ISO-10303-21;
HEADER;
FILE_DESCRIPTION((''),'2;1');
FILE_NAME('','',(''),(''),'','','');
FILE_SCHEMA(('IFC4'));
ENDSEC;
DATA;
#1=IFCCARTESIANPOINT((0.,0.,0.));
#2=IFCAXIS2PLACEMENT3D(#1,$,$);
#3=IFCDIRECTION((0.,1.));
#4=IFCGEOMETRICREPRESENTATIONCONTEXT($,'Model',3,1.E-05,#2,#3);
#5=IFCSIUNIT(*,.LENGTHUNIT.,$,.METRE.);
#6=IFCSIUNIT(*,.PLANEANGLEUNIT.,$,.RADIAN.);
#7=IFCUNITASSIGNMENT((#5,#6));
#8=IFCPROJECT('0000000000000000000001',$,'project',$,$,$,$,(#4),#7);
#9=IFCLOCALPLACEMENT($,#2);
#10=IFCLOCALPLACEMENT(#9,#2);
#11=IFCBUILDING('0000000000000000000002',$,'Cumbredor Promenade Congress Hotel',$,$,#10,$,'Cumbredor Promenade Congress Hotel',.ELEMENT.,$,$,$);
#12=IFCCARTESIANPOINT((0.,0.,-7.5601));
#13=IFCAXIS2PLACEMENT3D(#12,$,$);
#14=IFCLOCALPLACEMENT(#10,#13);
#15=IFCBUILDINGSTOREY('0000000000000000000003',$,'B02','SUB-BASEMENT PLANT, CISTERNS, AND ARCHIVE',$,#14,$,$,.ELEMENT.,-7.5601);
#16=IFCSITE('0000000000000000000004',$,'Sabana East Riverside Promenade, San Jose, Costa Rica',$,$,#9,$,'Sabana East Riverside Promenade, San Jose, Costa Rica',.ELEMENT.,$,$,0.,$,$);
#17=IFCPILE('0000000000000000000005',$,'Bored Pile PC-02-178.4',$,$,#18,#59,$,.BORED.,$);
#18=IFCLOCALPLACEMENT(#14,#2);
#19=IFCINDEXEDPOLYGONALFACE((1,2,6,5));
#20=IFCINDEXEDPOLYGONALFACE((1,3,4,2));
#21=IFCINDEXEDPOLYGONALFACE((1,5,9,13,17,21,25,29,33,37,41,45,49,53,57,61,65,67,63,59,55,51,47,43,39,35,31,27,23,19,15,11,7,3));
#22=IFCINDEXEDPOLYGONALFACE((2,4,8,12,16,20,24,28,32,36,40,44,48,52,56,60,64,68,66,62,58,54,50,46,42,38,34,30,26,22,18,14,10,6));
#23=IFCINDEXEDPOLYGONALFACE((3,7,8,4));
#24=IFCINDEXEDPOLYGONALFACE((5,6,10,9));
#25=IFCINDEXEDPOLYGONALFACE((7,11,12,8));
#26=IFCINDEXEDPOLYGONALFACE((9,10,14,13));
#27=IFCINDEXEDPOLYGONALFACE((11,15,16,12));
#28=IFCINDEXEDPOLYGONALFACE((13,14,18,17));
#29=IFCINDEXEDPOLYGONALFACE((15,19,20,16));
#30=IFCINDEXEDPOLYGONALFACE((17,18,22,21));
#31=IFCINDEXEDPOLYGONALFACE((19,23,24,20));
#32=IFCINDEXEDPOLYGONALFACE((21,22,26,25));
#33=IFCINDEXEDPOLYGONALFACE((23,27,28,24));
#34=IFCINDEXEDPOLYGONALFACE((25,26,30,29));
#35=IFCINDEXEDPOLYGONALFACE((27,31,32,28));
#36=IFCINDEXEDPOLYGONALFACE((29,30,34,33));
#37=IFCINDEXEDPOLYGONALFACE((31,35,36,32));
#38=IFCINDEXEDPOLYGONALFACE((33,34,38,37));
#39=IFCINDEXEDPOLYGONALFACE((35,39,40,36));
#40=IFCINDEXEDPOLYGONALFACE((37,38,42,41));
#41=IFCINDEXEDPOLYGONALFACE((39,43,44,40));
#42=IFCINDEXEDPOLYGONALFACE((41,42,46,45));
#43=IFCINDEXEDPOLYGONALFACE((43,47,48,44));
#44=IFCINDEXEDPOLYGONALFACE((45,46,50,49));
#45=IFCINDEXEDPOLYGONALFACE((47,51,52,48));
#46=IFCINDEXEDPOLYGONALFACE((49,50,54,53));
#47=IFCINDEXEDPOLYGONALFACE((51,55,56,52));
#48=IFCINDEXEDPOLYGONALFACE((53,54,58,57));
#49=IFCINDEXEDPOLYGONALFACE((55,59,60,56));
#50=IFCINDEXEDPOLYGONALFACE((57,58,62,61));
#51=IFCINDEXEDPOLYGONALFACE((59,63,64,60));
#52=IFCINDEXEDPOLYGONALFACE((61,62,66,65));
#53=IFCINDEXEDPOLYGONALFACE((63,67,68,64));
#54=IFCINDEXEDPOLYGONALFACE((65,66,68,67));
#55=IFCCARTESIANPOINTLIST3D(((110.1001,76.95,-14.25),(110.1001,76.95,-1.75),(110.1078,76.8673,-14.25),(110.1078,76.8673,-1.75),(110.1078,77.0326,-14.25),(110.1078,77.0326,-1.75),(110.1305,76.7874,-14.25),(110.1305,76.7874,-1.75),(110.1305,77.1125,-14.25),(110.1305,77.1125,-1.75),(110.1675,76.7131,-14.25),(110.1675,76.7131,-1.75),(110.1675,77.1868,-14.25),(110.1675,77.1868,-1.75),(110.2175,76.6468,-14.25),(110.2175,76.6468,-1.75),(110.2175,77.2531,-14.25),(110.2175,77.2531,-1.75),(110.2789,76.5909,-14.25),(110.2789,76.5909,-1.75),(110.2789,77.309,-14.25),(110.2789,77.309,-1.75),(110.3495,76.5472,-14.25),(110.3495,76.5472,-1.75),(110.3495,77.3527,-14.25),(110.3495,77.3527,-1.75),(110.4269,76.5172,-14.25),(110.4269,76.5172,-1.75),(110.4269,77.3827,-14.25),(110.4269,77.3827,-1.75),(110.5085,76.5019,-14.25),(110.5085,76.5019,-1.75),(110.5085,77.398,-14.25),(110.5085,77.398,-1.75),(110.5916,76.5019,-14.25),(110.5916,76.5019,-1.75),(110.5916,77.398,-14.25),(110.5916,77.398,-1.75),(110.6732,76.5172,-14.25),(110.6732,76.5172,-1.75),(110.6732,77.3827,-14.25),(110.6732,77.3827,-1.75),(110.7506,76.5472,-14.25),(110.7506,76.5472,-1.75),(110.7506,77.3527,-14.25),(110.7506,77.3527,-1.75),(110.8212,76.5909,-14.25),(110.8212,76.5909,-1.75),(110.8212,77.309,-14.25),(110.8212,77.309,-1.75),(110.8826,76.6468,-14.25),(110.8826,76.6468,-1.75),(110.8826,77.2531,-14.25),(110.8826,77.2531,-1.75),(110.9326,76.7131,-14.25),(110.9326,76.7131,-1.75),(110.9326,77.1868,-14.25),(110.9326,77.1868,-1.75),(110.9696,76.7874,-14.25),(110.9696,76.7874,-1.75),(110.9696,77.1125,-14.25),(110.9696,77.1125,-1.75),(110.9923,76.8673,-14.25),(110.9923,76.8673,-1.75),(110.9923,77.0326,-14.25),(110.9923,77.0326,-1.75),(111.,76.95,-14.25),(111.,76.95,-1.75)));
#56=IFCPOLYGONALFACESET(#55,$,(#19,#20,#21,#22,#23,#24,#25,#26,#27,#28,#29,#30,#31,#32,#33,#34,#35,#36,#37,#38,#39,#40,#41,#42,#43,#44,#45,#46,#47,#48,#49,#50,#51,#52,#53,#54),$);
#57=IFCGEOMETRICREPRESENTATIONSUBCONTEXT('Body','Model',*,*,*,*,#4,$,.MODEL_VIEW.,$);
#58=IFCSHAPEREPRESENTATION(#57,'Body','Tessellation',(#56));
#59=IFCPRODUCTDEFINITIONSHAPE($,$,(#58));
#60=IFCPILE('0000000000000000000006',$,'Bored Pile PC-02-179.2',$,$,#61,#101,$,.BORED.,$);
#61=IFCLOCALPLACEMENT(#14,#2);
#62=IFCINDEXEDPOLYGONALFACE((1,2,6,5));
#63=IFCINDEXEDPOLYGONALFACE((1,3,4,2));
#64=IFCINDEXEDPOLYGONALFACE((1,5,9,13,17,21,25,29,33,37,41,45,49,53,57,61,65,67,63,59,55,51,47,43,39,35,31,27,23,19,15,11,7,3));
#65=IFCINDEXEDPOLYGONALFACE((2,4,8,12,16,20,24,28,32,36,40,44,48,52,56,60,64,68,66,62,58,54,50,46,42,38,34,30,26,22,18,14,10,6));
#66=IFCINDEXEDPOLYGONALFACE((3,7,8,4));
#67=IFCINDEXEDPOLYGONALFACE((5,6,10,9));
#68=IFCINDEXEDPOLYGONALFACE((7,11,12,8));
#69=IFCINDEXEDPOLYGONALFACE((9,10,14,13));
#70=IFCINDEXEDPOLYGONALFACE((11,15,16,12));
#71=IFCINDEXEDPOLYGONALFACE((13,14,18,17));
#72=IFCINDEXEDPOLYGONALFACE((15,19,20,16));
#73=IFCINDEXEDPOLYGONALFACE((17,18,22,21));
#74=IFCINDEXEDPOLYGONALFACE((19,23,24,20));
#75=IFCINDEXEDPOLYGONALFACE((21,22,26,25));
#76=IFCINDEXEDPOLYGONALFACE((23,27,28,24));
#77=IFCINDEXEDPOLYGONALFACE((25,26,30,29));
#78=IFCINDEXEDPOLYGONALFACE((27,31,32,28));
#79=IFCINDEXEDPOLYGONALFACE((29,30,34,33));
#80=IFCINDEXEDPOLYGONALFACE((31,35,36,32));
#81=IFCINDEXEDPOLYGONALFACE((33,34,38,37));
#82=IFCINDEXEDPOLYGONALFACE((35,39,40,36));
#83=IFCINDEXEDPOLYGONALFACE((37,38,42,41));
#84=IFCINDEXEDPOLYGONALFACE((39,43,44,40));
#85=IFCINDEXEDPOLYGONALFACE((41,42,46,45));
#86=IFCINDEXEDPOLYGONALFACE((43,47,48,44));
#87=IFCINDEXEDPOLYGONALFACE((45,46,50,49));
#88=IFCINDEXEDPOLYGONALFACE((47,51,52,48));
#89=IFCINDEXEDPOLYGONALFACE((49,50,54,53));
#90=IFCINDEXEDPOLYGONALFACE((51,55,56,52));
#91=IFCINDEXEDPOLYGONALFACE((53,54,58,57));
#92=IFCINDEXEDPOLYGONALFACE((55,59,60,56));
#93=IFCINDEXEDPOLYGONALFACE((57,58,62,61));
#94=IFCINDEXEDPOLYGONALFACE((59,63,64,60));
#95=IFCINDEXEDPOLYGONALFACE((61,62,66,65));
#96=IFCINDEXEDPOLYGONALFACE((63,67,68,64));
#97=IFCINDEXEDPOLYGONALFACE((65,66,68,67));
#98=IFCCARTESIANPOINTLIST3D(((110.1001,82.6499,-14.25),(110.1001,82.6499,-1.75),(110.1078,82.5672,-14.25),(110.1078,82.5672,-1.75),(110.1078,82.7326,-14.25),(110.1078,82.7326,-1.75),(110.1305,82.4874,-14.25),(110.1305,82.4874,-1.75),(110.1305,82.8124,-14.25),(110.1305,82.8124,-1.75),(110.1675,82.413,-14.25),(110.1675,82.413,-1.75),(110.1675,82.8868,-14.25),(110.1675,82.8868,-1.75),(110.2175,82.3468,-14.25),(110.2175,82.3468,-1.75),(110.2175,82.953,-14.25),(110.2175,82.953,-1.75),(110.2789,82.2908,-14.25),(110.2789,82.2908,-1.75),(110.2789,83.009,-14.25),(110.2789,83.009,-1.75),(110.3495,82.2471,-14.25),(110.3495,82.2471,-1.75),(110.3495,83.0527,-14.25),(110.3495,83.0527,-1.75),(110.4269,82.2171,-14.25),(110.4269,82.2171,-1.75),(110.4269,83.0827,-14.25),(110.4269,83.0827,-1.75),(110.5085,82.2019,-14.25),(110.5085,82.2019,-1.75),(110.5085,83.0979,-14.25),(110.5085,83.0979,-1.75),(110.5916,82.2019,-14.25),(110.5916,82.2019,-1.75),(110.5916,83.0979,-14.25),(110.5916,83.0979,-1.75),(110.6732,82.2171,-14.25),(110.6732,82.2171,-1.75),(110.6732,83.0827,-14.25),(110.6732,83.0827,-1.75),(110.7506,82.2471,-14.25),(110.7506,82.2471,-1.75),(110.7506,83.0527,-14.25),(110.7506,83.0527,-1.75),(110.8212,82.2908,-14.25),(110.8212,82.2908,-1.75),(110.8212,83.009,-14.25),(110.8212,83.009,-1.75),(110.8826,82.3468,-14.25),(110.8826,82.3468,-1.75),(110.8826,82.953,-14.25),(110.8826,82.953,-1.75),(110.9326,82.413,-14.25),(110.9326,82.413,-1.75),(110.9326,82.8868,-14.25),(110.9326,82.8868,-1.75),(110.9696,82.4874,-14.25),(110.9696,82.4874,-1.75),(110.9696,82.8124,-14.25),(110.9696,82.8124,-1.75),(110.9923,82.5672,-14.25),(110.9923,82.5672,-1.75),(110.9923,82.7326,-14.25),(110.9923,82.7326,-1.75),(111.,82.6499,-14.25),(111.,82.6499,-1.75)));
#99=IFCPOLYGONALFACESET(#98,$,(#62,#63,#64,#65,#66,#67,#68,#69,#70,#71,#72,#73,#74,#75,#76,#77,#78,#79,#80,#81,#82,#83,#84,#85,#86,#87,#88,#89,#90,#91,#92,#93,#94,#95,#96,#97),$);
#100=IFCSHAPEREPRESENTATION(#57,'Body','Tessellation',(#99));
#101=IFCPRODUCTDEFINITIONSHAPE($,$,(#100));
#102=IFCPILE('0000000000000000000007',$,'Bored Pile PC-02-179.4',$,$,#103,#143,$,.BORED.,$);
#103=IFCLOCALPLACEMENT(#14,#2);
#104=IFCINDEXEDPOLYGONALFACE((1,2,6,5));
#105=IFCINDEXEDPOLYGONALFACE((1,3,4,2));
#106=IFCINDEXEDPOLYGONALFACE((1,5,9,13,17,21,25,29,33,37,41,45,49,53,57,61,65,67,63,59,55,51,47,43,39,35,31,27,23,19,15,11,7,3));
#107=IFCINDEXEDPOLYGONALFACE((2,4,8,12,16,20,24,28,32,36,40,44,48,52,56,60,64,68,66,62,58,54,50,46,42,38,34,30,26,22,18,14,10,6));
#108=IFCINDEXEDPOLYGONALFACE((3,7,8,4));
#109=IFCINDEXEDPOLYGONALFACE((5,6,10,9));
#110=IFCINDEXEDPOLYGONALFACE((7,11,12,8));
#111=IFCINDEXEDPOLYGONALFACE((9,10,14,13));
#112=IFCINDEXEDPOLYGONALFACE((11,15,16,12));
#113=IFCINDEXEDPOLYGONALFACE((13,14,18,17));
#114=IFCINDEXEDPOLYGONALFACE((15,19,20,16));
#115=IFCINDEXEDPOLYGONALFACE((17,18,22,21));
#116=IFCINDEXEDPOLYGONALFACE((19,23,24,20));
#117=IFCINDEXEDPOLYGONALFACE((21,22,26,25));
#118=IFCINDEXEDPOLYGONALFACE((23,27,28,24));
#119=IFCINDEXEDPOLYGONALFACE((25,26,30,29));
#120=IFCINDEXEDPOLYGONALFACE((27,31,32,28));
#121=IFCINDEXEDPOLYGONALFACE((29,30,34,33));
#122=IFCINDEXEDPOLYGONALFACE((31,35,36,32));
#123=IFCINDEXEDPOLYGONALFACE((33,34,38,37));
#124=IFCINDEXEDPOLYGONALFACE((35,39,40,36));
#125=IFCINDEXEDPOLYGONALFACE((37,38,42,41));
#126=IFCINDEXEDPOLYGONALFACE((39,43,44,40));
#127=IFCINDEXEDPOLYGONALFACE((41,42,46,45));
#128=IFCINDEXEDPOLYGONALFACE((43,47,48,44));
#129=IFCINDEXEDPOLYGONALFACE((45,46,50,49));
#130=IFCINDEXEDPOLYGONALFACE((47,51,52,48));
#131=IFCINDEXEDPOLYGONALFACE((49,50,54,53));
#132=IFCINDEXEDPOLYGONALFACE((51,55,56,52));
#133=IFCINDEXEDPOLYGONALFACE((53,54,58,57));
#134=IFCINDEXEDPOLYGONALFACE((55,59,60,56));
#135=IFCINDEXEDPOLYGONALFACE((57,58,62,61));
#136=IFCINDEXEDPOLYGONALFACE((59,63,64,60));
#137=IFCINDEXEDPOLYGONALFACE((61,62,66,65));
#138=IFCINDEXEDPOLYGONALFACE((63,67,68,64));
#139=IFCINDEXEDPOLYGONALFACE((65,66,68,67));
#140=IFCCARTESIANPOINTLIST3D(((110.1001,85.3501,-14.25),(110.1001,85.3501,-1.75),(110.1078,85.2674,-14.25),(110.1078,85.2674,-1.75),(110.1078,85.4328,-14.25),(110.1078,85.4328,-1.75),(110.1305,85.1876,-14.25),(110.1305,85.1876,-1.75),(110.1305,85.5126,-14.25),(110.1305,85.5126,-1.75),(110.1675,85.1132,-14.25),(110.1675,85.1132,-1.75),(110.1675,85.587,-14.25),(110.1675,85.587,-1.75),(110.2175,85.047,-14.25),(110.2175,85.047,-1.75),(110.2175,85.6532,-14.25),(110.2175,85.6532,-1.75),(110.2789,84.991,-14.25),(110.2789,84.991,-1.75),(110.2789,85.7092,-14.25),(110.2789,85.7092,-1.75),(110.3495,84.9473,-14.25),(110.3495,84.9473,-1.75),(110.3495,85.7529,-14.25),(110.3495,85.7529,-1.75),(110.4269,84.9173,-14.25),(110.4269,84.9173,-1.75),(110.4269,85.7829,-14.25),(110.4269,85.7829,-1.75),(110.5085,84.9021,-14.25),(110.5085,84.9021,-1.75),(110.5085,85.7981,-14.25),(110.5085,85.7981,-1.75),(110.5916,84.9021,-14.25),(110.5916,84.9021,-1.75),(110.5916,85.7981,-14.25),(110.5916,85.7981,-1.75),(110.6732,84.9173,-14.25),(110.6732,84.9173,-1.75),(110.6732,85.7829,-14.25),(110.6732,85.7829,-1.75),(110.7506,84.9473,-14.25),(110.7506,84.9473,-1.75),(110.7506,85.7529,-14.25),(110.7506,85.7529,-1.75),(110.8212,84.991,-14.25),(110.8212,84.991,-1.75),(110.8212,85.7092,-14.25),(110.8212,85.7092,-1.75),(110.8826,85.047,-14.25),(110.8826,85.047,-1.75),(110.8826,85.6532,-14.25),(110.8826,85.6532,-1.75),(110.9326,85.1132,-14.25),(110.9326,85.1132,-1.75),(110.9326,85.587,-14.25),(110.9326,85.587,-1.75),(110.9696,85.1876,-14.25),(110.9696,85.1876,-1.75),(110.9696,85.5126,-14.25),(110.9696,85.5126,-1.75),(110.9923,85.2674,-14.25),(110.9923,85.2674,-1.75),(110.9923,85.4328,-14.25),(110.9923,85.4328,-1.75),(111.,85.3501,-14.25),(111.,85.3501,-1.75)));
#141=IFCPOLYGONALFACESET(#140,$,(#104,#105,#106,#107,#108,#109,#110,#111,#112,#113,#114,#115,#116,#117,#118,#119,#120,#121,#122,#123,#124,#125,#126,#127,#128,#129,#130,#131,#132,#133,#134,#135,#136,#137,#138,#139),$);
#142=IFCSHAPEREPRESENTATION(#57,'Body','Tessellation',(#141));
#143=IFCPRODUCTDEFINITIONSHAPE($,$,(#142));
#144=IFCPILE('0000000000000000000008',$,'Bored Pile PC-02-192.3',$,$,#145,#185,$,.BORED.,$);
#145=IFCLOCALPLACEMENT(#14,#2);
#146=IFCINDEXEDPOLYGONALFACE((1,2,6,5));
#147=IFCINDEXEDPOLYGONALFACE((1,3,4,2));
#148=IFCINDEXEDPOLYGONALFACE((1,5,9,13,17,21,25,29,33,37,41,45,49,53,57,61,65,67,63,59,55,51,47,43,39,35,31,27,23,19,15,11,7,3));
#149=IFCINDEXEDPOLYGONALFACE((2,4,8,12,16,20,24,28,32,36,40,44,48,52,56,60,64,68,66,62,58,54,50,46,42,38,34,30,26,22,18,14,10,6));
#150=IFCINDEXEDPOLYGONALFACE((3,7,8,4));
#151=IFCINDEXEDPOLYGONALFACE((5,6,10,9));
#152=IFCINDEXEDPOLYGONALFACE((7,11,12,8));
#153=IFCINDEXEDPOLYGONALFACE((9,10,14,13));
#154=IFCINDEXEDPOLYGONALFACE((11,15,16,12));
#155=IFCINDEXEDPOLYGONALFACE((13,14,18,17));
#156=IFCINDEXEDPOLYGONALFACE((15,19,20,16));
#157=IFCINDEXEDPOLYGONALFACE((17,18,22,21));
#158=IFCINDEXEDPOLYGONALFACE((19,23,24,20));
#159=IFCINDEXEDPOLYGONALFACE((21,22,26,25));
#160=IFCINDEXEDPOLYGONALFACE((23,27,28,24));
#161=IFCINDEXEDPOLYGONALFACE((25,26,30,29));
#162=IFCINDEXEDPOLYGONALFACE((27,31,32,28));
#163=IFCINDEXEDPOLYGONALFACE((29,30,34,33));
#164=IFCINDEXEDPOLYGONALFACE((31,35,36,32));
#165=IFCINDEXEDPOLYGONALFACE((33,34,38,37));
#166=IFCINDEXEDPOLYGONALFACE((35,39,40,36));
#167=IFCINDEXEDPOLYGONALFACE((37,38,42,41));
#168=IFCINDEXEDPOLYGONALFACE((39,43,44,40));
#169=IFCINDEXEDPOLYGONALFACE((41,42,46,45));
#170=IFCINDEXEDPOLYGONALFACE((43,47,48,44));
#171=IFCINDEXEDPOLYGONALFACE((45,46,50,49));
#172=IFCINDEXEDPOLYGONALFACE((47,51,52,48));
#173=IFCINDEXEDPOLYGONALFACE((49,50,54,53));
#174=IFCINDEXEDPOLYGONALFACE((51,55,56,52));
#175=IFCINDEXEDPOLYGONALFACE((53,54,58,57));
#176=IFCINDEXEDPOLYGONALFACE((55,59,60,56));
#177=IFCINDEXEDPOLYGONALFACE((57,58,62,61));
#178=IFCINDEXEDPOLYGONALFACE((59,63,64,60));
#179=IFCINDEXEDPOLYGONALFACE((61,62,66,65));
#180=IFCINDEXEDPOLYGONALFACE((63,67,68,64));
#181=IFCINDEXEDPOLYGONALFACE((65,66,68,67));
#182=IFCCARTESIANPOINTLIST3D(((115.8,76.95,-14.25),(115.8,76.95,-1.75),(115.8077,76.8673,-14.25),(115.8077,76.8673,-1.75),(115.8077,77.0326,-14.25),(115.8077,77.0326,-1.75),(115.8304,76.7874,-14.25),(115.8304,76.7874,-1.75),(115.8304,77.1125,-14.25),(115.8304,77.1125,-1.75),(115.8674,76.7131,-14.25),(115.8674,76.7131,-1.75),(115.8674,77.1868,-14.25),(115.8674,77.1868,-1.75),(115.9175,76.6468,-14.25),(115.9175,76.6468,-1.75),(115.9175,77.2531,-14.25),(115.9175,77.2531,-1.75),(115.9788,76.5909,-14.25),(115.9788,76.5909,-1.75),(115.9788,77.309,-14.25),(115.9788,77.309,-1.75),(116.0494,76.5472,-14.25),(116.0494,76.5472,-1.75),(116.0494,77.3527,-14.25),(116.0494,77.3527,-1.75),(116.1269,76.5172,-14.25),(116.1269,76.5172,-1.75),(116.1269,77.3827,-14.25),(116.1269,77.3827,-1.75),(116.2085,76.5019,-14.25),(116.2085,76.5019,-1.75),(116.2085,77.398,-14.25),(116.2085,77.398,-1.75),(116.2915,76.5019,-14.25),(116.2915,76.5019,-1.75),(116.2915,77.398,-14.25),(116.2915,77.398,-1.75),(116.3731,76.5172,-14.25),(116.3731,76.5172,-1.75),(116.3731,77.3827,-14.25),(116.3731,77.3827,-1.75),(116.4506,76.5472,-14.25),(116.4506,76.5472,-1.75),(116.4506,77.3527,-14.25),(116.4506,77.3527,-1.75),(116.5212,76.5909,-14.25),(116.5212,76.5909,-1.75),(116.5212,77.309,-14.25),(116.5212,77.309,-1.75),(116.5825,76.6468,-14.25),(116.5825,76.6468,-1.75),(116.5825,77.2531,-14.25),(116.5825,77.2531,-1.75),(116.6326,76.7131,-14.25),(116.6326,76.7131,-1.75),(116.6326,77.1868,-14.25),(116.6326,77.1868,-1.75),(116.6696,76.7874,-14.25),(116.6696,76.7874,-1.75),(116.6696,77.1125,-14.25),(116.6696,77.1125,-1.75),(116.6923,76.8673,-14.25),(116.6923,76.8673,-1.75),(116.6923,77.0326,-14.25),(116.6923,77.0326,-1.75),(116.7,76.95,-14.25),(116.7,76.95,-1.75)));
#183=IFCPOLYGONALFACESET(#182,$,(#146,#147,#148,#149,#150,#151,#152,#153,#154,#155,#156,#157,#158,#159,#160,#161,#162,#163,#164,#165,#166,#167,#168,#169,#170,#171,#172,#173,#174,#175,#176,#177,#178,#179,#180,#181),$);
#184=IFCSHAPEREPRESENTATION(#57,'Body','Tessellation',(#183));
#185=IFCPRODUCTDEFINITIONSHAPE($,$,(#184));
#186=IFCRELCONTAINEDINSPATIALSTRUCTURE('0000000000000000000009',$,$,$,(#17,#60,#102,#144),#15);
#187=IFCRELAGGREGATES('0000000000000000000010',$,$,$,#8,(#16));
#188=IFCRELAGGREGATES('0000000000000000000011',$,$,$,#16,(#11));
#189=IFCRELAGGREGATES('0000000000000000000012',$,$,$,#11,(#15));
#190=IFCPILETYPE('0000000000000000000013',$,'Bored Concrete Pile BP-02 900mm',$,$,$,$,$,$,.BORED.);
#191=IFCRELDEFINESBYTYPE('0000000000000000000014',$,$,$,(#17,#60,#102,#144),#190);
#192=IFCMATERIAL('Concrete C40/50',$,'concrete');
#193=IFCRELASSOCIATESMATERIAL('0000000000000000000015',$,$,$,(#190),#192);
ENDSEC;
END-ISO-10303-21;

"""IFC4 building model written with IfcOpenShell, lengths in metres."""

from ifc_helpers import new_model, si_unit, direction, frame, origin, origin_2d, place, context, subcontext, project, spatial, circle, extrude, material, material_profile, profile_set, type_object, element, save


model = new_model("IFC4")

# Units and contexts
model_context = context("Model", 3, precision=1e-05, world=origin(), true_north=direction((0.0, 1.0)))
body_context = subcontext(model_context, "Body", "Model", "MODEL_VIEW")
ifc_project = project(units=[si_unit("LENGTHUNIT", "METRE"), si_unit("PLANEANGLEUNIT", "RADIAN")], contexts=[model_context])

# Site, building, storey
site_placement = place(None, origin())
site = spatial("IfcSite", under=ifc_project, at=site_placement, Name="Sabana East Riverside Promenade, San Jose, Costa Rica", LongName="Sabana East Riverside Promenade, San Jose, Costa Rica", CompositionType="ELEMENT", RefElevation=0.0)
building_placement = place(site_placement, origin())
building = spatial("IfcBuilding", under=site, at=building_placement, Name="Cumbredor Promenade Congress Hotel", LongName="Cumbredor Promenade Congress Hotel", CompositionType="ELEMENT")
storey_placement = place(building_placement, frame((0.0, 0.0, -7.5601)))
storey = spatial("IfcBuildingStorey", under=building, at=storey_placement, Name="B02", Description="SUB-BASEMENT PLANT, CISTERNS, AND ARCHIVE", CompositionType="ELEMENT", Elevation=-7.5601)

# Piles
ifc_material_1 = material(Name="Concrete C40/50", Category="concrete")
ifc_material_profile_1 = material_profile(ifc_material_1, circle(Radius=0.45, at=origin_2d()), Name="PILE D900")
ifc_profile_set_1 = profile_set([ifc_material_profile_1], Name="Concrete C40/50")
pile_type = type_object("IfcPileType", Name="Bored Concrete Pile BP-02 900mm", PredefinedType="BORED", material=ifc_profile_set_1)
for number, where, z_axis, x_axis, name in (
    (1, (110.55, 76.95, -1.75), (0.0, 0.0, -1.0), (1.0, 0.0, 0.0), "Bored Pile PC-02-178.4"),
    (2, (110.55, 82.6499, -1.75), (0.0, 0.0, -1.0), (1.0, 0.0, 0.0), "Bored Pile PC-02-179.2"),
    (3, (110.55, 85.3501, -1.75), (0.0, 0.0, -1.0), (1.0, 0.0, 0.0), "Bored Pile PC-02-179.4"),
    (4, (116.25, 76.95, -1.75), (0.0, 0.0, -1.0), (1.0, 0.0, 0.0), "Bored Pile PC-02-192.3"),
):
    element("IfcPile", number, at=place(storey_placement, frame(where, z_axis=z_axis, x_axis=x_axis)), inside=storey, type_object=pile_type, Name=name, PredefinedType="BORED", context=body_context, shape_type="SweptSolid", body=[
        extrude(circle(Radius=0.45, at=origin_2d()), origin(), (0.0, 0.0, 1.0), 12.5),
    ])

save(model, "model.ifc")
